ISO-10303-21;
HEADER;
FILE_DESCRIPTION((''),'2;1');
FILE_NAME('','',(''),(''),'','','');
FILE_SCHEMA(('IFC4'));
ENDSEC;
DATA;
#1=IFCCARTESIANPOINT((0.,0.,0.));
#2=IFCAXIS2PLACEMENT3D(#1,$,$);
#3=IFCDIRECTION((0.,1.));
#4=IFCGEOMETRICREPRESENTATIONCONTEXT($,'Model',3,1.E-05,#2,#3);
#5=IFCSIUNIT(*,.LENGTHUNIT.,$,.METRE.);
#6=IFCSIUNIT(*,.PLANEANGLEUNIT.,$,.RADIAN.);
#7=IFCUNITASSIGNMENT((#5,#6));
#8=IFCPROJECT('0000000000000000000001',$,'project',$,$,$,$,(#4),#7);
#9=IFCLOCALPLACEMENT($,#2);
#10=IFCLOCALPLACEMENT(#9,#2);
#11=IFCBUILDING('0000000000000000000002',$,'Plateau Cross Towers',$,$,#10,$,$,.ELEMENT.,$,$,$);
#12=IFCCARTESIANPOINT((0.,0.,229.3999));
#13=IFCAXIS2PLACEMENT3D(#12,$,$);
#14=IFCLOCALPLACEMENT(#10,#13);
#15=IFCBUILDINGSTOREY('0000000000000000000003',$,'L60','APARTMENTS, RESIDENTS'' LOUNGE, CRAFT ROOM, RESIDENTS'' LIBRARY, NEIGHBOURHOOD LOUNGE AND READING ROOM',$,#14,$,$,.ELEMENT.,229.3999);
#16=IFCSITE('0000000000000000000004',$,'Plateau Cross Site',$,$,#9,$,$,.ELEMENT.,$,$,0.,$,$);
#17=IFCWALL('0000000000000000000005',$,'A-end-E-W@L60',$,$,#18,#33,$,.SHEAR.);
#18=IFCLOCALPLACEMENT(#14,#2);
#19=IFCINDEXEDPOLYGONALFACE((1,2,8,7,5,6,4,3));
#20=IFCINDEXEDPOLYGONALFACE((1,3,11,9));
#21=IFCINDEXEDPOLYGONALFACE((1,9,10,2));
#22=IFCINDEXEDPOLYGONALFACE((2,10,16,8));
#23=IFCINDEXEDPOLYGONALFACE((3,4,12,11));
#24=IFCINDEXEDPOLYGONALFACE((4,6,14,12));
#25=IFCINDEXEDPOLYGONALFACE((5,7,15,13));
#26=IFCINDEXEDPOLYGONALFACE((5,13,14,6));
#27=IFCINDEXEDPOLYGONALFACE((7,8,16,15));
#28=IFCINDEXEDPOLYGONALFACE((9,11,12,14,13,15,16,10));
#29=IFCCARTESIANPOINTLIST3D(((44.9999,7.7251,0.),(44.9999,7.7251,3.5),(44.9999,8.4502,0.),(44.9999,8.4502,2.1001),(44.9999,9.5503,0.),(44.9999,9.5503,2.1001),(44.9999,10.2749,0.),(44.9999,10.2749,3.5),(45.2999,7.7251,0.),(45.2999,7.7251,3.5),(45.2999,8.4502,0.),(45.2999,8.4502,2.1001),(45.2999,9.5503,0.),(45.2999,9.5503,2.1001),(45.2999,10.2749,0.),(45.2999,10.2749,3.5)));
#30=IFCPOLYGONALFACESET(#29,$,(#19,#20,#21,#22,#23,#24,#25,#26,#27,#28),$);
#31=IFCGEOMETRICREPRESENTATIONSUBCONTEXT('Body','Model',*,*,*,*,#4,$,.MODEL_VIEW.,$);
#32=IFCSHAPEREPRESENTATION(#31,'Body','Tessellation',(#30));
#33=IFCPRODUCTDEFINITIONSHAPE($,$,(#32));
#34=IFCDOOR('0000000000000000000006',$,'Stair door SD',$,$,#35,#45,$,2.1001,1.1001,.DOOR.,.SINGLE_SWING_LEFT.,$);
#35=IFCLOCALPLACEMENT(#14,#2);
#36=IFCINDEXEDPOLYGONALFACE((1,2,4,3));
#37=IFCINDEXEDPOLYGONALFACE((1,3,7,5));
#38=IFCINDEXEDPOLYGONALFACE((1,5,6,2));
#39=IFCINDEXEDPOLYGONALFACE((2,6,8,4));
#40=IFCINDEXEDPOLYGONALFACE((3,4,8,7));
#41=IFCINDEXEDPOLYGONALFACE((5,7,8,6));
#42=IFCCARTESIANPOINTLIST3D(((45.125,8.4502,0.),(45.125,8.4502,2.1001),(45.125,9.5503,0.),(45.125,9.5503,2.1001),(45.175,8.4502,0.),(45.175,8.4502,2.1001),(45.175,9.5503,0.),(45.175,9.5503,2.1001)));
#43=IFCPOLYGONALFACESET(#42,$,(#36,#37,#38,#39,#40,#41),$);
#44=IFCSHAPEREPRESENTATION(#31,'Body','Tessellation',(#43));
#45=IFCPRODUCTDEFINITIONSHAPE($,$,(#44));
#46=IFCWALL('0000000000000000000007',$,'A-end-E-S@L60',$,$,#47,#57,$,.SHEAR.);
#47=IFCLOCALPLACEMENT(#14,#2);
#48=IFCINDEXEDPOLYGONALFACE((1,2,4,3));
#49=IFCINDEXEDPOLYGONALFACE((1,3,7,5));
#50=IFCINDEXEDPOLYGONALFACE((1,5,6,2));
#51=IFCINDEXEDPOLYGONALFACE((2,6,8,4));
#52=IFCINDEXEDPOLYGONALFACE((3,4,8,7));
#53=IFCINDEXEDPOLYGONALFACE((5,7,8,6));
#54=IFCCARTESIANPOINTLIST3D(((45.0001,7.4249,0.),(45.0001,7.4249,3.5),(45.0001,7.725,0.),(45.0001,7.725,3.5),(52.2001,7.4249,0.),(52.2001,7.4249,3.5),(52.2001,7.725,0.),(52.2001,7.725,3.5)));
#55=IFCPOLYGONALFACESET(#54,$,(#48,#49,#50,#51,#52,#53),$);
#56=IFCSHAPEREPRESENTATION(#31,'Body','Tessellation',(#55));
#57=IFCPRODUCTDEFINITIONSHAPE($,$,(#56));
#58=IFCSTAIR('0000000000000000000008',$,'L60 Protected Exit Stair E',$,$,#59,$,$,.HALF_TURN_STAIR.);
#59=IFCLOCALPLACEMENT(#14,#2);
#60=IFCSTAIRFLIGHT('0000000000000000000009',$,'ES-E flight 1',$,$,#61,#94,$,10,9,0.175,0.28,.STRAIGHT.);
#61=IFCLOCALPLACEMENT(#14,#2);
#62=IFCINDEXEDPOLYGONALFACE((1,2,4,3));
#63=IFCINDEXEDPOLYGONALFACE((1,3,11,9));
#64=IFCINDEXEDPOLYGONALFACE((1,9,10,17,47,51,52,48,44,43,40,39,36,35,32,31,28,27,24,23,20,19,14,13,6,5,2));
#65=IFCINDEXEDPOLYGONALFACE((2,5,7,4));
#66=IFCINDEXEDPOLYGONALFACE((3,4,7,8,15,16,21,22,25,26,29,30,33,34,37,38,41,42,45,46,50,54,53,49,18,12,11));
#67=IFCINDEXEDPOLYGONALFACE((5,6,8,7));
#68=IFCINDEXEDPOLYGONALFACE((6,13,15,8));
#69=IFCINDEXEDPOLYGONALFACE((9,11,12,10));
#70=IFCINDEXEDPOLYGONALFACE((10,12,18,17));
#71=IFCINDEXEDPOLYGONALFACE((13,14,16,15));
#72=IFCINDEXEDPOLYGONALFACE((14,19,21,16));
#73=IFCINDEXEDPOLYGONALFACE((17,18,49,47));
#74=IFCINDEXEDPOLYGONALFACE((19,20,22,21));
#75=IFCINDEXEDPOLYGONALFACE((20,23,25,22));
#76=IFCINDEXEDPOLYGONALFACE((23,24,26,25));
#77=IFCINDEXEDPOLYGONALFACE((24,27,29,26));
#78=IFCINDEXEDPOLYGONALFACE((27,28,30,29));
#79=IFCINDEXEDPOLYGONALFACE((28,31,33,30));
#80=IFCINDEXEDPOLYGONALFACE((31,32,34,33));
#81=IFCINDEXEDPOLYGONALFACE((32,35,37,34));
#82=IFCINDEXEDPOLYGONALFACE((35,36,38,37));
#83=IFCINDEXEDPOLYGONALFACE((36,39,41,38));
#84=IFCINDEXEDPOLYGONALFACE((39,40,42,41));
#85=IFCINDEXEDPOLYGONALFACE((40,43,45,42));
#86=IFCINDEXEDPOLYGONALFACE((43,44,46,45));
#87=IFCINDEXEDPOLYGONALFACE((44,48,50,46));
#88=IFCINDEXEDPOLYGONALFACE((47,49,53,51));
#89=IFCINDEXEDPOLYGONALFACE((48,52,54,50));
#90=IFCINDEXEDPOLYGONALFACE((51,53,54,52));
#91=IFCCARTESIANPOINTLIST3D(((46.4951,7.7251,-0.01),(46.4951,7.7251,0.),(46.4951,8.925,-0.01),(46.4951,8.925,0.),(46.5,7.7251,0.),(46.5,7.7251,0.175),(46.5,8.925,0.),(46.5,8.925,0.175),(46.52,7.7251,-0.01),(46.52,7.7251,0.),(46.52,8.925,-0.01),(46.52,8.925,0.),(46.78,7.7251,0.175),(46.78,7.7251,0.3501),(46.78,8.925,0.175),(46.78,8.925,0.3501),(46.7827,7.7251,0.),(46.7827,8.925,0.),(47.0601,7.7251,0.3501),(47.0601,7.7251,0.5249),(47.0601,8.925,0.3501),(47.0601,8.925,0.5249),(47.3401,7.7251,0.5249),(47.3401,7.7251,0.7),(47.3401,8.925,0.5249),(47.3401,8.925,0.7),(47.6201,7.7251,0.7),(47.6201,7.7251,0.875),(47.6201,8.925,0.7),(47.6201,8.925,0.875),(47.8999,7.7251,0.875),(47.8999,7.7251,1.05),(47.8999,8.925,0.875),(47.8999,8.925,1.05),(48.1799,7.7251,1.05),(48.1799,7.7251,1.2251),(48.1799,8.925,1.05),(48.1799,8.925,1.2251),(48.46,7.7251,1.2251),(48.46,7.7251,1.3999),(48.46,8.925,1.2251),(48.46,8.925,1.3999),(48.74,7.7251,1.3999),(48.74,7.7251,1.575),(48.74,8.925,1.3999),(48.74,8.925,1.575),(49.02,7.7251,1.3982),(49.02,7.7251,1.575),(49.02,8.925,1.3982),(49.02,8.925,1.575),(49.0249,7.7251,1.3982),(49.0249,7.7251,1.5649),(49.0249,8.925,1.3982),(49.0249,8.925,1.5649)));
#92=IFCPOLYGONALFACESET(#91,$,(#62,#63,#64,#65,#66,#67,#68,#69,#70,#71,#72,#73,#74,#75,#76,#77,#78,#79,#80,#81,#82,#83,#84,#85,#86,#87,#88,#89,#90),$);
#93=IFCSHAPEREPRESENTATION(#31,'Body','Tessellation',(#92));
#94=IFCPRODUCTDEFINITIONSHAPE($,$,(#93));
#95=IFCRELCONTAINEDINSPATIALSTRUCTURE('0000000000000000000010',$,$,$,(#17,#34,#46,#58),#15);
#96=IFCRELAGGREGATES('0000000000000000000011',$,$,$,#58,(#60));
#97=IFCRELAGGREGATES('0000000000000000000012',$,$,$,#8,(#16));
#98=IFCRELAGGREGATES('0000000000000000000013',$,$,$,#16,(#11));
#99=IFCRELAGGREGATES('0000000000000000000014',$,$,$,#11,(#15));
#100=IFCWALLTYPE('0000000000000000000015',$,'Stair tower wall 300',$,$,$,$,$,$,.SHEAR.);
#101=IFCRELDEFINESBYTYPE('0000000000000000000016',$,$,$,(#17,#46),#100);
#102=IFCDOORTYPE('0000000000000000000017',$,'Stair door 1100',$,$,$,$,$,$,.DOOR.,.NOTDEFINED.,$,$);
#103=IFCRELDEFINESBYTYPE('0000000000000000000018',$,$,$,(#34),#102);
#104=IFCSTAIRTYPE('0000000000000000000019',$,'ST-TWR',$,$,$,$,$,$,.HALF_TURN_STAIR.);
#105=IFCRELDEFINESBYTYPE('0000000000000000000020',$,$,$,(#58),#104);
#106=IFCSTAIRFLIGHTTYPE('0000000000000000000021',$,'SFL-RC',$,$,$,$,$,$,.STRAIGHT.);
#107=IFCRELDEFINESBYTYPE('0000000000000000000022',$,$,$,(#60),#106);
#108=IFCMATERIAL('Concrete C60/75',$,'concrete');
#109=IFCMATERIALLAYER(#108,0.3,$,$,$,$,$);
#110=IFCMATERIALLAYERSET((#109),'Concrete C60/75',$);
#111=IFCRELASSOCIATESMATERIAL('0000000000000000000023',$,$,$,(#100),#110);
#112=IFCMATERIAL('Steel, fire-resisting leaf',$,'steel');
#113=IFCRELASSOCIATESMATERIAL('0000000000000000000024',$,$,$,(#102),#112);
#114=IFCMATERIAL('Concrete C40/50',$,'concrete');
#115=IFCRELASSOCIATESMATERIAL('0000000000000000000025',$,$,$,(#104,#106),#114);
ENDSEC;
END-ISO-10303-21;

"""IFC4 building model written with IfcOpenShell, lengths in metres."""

from ifc_helpers import new_model, si_unit, direction, frame, frame_2d, origin, place, context, subcontext, project, spatial, polyline, rectangle, outline, extrude, material, layer, layer_set, type_object, element, fill, aggregate, save


model = new_model("IFC4")

# Units and contexts
model_context = context("Model", 3, precision=1e-05, world=origin(), true_north=direction((0.0, 1.0)))
body_context = subcontext(model_context, "Body", "Model", "MODEL_VIEW")
ifc_project = project(units=[si_unit("LENGTHUNIT", "METRE"), si_unit("PLANEANGLEUNIT", "RADIAN")], contexts=[model_context])

# Site, building, storey
site_placement = place(None, origin())
site = spatial("IfcSite", under=ifc_project, at=site_placement, Name="Plateau Cross Site", CompositionType="ELEMENT", RefElevation=0.0)
building_placement = place(site_placement, origin())
building = spatial("IfcBuilding", under=site, at=building_placement, Name="Plateau Cross Towers", CompositionType="ELEMENT")
storey_placement = place(building_placement, frame((0.0, 0.0, 229.3999)))
storey = spatial("IfcBuildingStorey", under=building, at=storey_placement, Name="L60", Description="APARTMENTS, RESIDENTS' LOUNGE, CRAFT ROOM, RESIDENTS' LIBRARY, NEIGHBOURHOOD LOUNGE AND READING ROOM", CompositionType="ELEMENT", Elevation=229.3999)

# Wall, opening, door
ifc_material_1 = material(Name="Concrete C60/75", Category="concrete")
ifc_layer_1 = layer(ifc_material_1, 0.3)
ifc_layer_set_1 = layer_set([ifc_layer_1], Name="Concrete C60/75")
wall_type_1 = type_object("IfcWallType", Name="Stair tower wall 300", PredefinedType="SHEAR", material=ifc_layer_set_1)
wall_1_placement = place(storey_placement, frame((45.1499, 7.7251, 0.0), z_axis=(0.0, 0.0, 1.0), x_axis=(0.0, 1.0, 0.0)))
wall_1 = element("IfcWall", 1, at=wall_1_placement, inside=storey, type_object=wall_type_1, Name="A-end-E-W@L60", PredefinedType="SHEAR", context=body_context, shape_type="SweptSolid", body=[
    extrude(rectangle(XDim=2.5498, YDim=0.3, at=frame_2d((1.2749, 0.0))), origin(), (0.0, 0.0, 1.0), 3.5),
])
opening_1_placement = place(wall_1_placement, frame((0.7251, 0.0, 0.0)))
opening_1 = element("IfcOpeningElement", 2, at=opening_1_placement, cuts=wall_1, PredefinedType="OPENING", context=body_context, shape_type="SweptSolid", body=[
    extrude(rectangle(XDim=1.1001, YDim=2.1001, at=frame_2d((0.55, 1.05))), frame((0.0, 0.1599, 0.0), z_axis=(0.0, -1.0, 0.0), x_axis=(1.0, 0.0, 0.0)), (0.0, 0.0, 1.0), 0.3201),
])
ifc_material_2 = material(Name="Steel, fire-resisting leaf", Category="steel")
door_type_1 = type_object("IfcDoorType", Name="Stair door 1100", OperationType="NOTDEFINED", PredefinedType="DOOR", material=ifc_material_2)
door_1_placement = place(opening_1_placement, origin())
door_1 = element("IfcDoor", 3, at=door_1_placement, inside=storey, type_object=door_type_1, Name="Stair door SD", OperationType="SINGLE_SWING_LEFT", OverallHeight=2.1001, OverallWidth=1.1001, PredefinedType="DOOR", context=body_context, shape_type="SweptSolid", body=[
    extrude(rectangle(XDim=1.1001, YDim=2.1001, at=frame_2d((0.55, 1.05))), frame((0.0, 0.0249, 0.0), z_axis=(0.0, -1.0, 0.0), x_axis=(1.0, 0.0, 0.0)), (0.0, 0.0, 1.0), 0.05),
])
fill(opening_1, door_1)

# Wall
wall_2_placement = place(storey_placement, frame((45.0, 7.575, 0.0), z_axis=(0.0, 0.0, 1.0), x_axis=(1.0, 0.0, 0.0)))
element("IfcWall", 4, at=wall_2_placement, inside=storey, type_object=wall_type_1, Name="A-end-E-S@L60", PredefinedType="SHEAR", context=body_context, shape_type="SweptSolid", body=[
    extrude(rectangle(XDim=7.2, YDim=0.3, at=frame_2d((3.6001, 0.0))), origin(), (0.0, 0.0, 1.0), 3.5),
])

# Stair, stair flight
ifc_material_3 = material(Name="Concrete C40/50", Category="concrete")
stair_type = type_object("IfcStairType", Name="ST-TWR", PredefinedType="HALF_TURN_STAIR", material=ifc_material_3)
stair_placement = place(storey_placement, origin())
stair = element("IfcStair", 5, at=stair_placement, inside=storey, type_object=stair_type, Name="L60 Protected Exit Stair E", PredefinedType="HALF_TURN_STAIR")
stair_flight_type = type_object("IfcStairFlightType", Name="SFL-RC", PredefinedType="STRAIGHT", material=ifc_material_3)
stair_flight_placement = place(storey_placement, frame((46.5, 8.325, 0.0), z_axis=(0.0, 0.0, 1.0), x_axis=(1.0, 0.0, 0.0)))
stair_flight = element("IfcStairFlight", 6, at=stair_flight_placement, type_object=stair_flight_type, Name="ES-E flight 1", NumberOfRisers=10, NumberOfTreads=9, PredefinedType="STRAIGHT", RiserHeight=0.175, TreadLength=0.28, context=body_context, shape_type="SweptSolid", body=[
    extrude(outline(polyline([(-0.0049, -0.01), (-0.0049, 0.0), (0.0, 0.0), (0.0, 0.175), (0.28, 0.175), (0.28, 0.3501), (0.5601, 0.3501), (0.5601, 0.5249), (0.8401, 0.5249), (0.8401, 0.7), (1.1201, 0.7), (1.1201, 0.875), (1.3999, 0.875), (1.3999, 1.05), (1.6799, 1.05), (1.6799, 1.2251), (1.96, 1.2251), (1.96, 1.3999), (2.24, 1.3999), (2.24, 1.575), (2.52, 1.575), (2.5249, 1.5649), (2.5249, 1.3982), (2.52, 1.3982), (0.2827, 0.0), (0.02, 0.0), (0.02, -0.01), (-0.0049, -0.01)])), frame((0.0, 0.6001, 0.0), z_axis=(0.0, -1.0, 0.0), x_axis=(1.0, 0.0, 0.0)), (0.0, 0.0, 1.0), 1.2),
])
aggregate(stair, [stair_flight])

save(model, "model.ifc")
